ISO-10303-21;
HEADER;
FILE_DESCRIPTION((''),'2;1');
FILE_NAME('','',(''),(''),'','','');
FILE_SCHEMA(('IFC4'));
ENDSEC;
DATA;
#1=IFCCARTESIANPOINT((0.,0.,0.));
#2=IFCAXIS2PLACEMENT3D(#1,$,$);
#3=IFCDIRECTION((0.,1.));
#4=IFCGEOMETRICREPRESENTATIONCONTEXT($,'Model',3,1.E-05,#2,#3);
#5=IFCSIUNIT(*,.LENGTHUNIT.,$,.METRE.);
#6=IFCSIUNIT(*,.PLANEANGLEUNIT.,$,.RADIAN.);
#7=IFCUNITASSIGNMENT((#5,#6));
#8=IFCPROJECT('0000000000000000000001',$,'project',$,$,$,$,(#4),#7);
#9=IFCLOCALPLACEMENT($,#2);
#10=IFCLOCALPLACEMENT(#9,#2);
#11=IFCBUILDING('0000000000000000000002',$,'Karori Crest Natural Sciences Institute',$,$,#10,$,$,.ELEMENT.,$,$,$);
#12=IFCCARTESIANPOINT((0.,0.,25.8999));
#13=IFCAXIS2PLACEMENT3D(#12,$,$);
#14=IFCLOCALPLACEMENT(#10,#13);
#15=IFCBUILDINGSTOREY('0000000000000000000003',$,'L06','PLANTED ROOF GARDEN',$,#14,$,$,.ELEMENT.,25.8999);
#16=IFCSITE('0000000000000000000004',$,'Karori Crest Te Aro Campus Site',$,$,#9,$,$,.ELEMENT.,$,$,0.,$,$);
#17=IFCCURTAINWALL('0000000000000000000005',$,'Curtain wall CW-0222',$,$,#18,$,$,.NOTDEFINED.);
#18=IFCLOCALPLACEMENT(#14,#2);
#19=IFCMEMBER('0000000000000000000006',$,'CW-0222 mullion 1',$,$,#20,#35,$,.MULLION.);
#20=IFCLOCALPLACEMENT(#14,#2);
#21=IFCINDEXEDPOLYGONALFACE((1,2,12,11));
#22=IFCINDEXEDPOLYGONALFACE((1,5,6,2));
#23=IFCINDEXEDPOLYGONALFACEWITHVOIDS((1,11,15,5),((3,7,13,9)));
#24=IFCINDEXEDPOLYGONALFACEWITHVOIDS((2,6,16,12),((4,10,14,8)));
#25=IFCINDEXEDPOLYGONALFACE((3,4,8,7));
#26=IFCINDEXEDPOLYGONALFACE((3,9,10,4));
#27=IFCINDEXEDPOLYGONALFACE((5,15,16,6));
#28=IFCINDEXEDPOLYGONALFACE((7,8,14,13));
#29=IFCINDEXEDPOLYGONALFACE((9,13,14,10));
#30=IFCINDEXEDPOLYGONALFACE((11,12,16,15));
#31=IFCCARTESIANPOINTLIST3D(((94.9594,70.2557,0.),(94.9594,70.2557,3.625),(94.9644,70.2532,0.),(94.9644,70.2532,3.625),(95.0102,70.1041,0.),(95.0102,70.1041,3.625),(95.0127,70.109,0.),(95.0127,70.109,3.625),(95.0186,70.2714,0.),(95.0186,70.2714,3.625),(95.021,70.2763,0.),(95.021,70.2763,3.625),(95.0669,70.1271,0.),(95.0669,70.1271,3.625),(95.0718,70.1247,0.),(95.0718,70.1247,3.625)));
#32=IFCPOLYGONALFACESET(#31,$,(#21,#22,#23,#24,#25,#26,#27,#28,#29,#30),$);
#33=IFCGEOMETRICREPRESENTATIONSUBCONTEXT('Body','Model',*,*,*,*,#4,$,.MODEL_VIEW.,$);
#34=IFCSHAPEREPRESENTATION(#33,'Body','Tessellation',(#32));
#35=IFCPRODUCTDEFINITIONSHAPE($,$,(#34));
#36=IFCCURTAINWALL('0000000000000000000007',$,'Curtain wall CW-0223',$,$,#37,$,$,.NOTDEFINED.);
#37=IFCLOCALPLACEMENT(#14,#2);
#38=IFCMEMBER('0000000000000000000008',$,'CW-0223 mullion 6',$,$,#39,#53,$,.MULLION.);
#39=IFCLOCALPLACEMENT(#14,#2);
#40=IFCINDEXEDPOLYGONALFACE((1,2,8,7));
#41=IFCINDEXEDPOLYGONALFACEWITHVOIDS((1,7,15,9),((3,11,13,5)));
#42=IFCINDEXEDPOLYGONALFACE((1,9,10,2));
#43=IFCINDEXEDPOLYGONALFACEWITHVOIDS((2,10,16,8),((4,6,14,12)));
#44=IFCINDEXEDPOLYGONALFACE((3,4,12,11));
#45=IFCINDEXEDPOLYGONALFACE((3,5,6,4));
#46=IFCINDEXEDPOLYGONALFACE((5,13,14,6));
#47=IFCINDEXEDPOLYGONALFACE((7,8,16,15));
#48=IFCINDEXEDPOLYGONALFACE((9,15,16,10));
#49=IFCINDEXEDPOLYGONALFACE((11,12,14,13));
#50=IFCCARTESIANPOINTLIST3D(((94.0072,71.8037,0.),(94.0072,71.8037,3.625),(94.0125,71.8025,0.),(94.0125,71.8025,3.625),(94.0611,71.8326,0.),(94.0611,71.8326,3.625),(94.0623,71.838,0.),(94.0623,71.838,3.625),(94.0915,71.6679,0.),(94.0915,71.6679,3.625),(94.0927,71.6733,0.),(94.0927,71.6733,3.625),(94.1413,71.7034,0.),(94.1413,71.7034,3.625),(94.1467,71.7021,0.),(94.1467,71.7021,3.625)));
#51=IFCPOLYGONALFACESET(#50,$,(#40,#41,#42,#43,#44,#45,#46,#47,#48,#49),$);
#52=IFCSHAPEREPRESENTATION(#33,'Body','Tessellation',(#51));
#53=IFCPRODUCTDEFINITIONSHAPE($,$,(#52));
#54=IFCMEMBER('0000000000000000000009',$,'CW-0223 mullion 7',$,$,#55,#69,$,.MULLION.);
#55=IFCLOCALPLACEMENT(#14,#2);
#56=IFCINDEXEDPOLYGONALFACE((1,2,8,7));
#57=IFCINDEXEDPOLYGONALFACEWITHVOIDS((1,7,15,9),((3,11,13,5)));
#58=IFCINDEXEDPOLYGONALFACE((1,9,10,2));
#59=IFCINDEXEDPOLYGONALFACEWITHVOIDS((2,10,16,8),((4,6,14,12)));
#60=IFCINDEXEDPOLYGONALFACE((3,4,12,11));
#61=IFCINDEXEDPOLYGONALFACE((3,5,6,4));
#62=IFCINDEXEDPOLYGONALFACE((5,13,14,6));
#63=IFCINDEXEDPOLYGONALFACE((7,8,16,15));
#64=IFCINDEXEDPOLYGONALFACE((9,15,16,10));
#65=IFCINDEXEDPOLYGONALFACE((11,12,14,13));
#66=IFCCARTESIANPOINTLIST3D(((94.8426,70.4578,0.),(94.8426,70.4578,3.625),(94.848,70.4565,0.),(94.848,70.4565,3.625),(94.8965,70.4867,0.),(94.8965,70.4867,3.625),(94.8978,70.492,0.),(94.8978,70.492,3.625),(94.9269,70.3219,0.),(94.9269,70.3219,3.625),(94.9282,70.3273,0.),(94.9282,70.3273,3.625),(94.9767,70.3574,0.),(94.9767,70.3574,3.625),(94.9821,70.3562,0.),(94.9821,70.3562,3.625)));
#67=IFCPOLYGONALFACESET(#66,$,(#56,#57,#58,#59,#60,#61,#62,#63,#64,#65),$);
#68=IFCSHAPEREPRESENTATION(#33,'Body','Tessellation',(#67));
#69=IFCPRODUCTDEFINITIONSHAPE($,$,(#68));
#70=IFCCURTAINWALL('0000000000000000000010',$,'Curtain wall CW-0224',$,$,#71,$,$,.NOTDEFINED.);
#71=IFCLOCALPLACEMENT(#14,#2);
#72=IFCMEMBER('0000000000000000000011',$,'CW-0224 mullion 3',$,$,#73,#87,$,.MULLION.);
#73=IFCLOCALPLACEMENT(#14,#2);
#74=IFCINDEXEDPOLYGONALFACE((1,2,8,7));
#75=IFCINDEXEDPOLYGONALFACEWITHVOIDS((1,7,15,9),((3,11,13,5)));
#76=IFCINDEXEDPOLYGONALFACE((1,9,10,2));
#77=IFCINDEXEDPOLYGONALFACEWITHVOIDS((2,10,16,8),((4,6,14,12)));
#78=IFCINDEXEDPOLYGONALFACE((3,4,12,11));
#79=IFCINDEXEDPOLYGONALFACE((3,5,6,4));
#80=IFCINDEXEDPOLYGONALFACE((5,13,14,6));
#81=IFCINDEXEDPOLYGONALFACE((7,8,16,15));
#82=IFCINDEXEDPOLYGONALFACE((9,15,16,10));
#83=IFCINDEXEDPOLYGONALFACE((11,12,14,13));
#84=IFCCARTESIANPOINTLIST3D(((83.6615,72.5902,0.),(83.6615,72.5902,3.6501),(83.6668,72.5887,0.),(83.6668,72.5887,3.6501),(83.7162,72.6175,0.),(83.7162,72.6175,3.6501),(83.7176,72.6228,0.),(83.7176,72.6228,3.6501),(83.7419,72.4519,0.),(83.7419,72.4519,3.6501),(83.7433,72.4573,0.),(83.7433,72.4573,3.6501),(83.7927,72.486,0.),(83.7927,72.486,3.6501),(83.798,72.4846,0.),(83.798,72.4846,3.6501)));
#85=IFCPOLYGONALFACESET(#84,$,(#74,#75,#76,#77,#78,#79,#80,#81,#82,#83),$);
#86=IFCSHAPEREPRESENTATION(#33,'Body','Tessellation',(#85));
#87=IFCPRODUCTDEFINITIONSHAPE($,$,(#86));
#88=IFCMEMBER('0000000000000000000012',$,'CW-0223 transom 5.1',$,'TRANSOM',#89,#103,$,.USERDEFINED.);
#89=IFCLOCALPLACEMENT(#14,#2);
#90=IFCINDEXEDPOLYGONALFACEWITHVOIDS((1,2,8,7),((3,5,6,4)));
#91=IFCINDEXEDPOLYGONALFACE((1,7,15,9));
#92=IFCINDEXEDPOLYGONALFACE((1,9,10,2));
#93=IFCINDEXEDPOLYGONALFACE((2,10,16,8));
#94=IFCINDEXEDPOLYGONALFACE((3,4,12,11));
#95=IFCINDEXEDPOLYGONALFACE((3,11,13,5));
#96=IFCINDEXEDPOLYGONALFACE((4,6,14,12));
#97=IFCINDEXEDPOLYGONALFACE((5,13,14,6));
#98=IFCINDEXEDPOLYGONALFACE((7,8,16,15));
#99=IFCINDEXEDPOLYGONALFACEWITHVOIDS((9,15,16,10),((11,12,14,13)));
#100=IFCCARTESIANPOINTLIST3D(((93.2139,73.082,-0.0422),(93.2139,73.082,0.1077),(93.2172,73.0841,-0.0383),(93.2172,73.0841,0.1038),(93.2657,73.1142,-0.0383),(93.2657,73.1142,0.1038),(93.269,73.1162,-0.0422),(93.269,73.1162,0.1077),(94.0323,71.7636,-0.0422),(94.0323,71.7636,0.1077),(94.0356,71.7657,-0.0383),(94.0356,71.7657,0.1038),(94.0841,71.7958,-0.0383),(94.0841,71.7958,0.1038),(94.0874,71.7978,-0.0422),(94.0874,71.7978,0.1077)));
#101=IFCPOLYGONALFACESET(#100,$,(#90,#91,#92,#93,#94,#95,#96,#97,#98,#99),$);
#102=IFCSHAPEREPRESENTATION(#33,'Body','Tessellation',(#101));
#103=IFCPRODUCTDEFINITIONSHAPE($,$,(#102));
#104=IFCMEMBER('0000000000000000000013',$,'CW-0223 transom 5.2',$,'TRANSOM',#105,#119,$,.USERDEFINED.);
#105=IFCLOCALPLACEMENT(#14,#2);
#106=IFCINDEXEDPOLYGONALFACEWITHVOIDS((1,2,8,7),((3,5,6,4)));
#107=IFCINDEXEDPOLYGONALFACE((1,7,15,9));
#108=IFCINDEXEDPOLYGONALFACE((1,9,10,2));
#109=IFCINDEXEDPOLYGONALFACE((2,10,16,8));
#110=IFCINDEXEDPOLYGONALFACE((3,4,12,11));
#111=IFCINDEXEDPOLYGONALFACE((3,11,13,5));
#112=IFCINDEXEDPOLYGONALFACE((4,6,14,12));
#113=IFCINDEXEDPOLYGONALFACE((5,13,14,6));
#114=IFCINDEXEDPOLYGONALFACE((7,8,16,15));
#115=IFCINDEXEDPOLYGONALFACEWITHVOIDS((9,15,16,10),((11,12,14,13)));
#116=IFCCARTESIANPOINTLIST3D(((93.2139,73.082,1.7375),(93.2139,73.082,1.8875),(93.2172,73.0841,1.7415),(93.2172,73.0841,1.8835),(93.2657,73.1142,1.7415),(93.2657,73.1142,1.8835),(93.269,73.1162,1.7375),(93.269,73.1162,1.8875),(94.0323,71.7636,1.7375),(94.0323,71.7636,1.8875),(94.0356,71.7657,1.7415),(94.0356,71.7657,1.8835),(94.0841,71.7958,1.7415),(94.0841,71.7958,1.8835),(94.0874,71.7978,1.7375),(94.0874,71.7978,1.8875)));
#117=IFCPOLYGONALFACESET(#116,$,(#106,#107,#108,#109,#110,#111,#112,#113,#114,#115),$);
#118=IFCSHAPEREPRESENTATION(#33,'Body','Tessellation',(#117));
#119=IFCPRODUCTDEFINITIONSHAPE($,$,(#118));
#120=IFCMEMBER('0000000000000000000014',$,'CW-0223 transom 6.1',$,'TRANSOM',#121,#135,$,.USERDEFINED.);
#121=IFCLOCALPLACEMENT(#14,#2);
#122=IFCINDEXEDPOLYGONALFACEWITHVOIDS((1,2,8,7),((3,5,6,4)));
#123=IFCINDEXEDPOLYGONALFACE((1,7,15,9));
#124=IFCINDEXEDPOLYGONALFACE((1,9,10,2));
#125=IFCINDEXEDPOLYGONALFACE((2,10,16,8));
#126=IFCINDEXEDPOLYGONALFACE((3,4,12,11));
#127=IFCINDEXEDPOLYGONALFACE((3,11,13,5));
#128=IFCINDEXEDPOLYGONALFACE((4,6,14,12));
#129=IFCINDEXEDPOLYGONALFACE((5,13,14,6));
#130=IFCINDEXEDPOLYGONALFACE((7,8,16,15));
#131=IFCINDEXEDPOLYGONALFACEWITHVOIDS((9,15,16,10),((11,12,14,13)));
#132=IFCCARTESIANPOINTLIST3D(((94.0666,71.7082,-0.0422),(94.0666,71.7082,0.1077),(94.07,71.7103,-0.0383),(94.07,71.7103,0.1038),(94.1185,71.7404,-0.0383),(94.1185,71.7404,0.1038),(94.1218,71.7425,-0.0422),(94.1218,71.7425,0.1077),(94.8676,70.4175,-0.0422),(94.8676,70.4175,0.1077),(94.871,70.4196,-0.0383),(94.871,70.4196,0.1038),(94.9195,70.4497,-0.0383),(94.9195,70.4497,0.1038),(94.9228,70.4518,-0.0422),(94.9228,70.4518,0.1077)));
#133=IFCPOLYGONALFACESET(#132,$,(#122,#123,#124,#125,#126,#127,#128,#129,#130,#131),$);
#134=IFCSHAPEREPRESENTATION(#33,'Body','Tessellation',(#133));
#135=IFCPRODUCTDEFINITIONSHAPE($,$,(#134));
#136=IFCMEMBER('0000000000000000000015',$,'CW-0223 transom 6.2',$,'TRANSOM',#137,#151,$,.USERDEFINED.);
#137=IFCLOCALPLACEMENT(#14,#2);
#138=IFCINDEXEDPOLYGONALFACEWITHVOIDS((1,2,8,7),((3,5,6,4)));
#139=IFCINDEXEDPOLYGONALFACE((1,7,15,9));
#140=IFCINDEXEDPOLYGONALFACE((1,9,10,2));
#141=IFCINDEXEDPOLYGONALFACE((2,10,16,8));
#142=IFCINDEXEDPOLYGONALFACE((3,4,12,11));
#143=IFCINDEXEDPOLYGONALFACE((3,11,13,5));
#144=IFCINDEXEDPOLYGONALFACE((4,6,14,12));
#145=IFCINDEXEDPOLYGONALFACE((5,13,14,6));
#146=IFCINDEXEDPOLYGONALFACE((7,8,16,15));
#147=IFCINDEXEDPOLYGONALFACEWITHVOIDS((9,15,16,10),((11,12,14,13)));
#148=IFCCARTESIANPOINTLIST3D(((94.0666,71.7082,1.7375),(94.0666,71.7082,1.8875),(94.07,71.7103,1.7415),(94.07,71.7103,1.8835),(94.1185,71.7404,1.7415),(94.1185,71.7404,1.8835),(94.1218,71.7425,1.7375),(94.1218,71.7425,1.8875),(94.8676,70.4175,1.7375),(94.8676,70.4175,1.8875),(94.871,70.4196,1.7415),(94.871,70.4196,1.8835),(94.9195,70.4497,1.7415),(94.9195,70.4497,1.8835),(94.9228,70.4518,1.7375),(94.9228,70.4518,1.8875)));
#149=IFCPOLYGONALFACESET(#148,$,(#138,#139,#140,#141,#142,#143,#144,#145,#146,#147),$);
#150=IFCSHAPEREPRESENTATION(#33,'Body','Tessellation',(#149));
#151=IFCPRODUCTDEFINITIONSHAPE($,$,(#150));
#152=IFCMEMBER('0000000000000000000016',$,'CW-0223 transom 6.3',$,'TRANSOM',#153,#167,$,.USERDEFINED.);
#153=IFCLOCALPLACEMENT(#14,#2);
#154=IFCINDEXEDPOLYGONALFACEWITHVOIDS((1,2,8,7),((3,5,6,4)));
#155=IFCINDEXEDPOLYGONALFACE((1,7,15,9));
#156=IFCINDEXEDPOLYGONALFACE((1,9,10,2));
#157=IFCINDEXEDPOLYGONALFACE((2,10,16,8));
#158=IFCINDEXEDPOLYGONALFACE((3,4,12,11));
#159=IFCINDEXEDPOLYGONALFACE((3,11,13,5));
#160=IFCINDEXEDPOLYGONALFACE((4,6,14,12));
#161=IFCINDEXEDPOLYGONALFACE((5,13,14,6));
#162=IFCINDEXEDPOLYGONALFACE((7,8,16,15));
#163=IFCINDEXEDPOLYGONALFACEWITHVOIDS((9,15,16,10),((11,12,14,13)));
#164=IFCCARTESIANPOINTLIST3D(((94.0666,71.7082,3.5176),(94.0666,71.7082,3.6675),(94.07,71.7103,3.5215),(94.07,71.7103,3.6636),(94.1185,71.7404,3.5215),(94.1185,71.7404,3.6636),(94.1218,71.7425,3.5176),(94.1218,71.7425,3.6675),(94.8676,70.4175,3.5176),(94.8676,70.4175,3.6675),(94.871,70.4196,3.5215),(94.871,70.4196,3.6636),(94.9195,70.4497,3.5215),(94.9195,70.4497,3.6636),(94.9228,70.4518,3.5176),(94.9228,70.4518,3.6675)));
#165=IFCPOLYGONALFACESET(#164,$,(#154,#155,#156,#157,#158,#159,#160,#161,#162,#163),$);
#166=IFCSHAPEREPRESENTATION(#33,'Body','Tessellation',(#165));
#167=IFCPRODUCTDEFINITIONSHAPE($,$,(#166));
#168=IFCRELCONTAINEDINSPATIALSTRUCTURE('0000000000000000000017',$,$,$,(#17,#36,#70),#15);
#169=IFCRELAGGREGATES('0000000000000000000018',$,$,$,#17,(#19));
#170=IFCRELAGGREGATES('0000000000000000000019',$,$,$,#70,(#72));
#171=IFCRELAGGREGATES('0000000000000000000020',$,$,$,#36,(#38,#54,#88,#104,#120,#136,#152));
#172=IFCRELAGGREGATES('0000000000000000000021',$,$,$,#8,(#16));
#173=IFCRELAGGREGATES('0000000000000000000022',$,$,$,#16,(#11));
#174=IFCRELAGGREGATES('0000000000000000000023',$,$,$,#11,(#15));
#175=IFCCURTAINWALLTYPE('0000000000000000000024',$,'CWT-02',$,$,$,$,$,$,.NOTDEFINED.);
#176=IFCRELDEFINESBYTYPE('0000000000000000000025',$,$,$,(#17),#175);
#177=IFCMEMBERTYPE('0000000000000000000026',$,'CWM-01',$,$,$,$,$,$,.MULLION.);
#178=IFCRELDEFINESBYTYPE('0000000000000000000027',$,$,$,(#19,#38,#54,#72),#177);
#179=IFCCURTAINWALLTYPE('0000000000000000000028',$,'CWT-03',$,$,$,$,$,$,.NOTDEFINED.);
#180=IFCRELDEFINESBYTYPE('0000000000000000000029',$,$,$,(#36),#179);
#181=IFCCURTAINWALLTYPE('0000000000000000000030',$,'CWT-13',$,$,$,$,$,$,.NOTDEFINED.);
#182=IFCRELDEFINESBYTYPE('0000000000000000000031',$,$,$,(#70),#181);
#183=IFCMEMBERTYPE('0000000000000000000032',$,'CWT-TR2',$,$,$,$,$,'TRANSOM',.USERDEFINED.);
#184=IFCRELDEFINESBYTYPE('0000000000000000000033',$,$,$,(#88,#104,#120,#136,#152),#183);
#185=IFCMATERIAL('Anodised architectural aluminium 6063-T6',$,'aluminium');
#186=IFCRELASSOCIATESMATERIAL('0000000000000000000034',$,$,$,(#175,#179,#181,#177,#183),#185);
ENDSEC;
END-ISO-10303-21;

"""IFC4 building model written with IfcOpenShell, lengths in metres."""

from ifc_helpers import new_model, si_unit, direction, frame, origin, origin_2d, place, context, subcontext, project, spatial, hollow_rectangle, extrude, material, material_profile, profile_set, type_object, element, aggregate, save


model = new_model("IFC4")

# Units and contexts
model_context = context("Model", 3, precision=1e-05, world=origin(), true_north=direction((0.0, 1.0)))
body_context = subcontext(model_context, "Body", "Model", "MODEL_VIEW")
ifc_project = project(units=[si_unit("LENGTHUNIT", "METRE"), si_unit("PLANEANGLEUNIT", "RADIAN")], contexts=[model_context])

# Site, building, storey
site_placement = place(None, origin())
site = spatial("IfcSite", under=ifc_project, at=site_placement, Name="Karori Crest Te Aro Campus Site", CompositionType="ELEMENT", RefElevation=0.0)
building_placement = place(site_placement, origin())
building = spatial("IfcBuilding", under=site, at=building_placement, Name="Karori Crest Natural Sciences Institute", CompositionType="ELEMENT")
storey_placement = place(building_placement, frame((0.0, 0.0, 25.8999)))
storey = spatial("IfcBuildingStorey", under=building, at=storey_placement, Name="L06", Description="PLANTED ROOF GARDEN", CompositionType="ELEMENT", Elevation=25.8999)

# Curtain wall, member
ifc_material_1 = material(Name="Anodised architectural aluminium 6063-T6", Category="aluminium")
curtain_wall_type_1 = type_object("IfcCurtainWallType", Name="CWT-02", PredefinedType="NOTDEFINED", material=ifc_material_1)
curtain_wall_1_placement = place(storey_placement, origin())
curtain_wall_1 = element("IfcCurtainWall", 1, at=curtain_wall_1_placement, inside=storey, type_object=curtain_wall_type_1, Name="Curtain wall CW-0222", PredefinedType="NOTDEFINED")
ifc_material_profile_1 = material_profile(ifc_material_1, hollow_rectangle(XDim=0.0649, YDim=0.1599, WallThickness=0.0039, at=origin_2d()), Name="CWM160x65x4")
ifc_profile_set_1 = profile_set([ifc_material_profile_1], Name="Anodised architectural aluminium 6063-T6")
member_type_1 = type_object("IfcMemberType", Name="CWM-01", PredefinedType="MULLION", material=ifc_profile_set_1)
member_1_placement = place(storey_placement, frame((95.0156, 70.1902, 0.0), z_axis=(0.0, 0.0, 1.0), x_axis=(0.948198, 0.31768, 0.0)))
member_1 = element("IfcMember", 2, at=member_1_placement, type_object=member_type_1, Name="CW-0222 mullion 1", PredefinedType="MULLION", context=body_context, shape_type="SweptSolid", body=[
    extrude(hollow_rectangle(XDim=0.0649, YDim=0.1599, WallThickness=0.0039, at=origin_2d()), origin(), (0.0, 0.0, 1.0), 3.625),
])
aggregate(curtain_wall_1, [member_1])

# Curtain wall, members
curtain_wall_type_2 = type_object("IfcCurtainWallType", Name="CWT-03", PredefinedType="NOTDEFINED", material=ifc_material_1)
curtain_wall_2_placement = place(storey_placement, origin())
curtain_wall_2 = element("IfcCurtainWall", 3, at=curtain_wall_2_placement, inside=storey, type_object=curtain_wall_type_2, Name="Curtain wall CW-0223", PredefinedType="NOTDEFINED")
member_2_placement = place(storey_placement, frame((94.0769, 71.7529, 0.0), z_axis=(0.0, 0.0, 1.0), x_axis=(0.849662, 0.527328, 0.0)))
member_2 = element("IfcMember", 4, at=member_2_placement, type_object=member_type_1, Name="CW-0223 mullion 6", PredefinedType="MULLION", context=body_context, shape_type="SweptSolid", body=[
    extrude(hollow_rectangle(XDim=0.0649, YDim=0.1599, WallThickness=0.0039, at=origin_2d()), origin(), (0.0, 0.0, 1.0), 3.625),
])
member_3_placement = place(storey_placement, frame((94.9124, 70.407, 0.0), z_axis=(0.0, 0.0, 1.0), x_axis=(0.849662, 0.527328, 0.0)))
member_3 = element("IfcMember", 5, at=member_3_placement, type_object=member_type_1, Name="CW-0223 mullion 7", PredefinedType="MULLION", context=body_context, shape_type="SweptSolid", body=[
    extrude(hollow_rectangle(XDim=0.0649, YDim=0.1599, WallThickness=0.0039, at=origin_2d()), origin(), (0.0, 0.0, 1.0), 3.625),
])

# Curtain wall, member
curtain_wall_type_3 = type_object("IfcCurtainWallType", Name="CWT-13", PredefinedType="NOTDEFINED", material=ifc_material_1)
curtain_wall_3_placement = place(storey_placement, origin())
curtain_wall_3 = element("IfcCurtainWall", 6, at=curtain_wall_3_placement, inside=storey, type_object=curtain_wall_type_3, Name="Curtain wall CW-0224", PredefinedType="NOTDEFINED")
member_4_placement = place(storey_placement, frame((83.7297, 72.5374, 0.0), z_axis=(0.0, 0.0, 1.0), x_axis=(-0.864487, -0.502655, 0.0)))
member_4 = element("IfcMember", 7, at=member_4_placement, type_object=member_type_1, Name="CW-0224 mullion 3", PredefinedType="MULLION", context=body_context, shape_type="SweptSolid", body=[
    extrude(hollow_rectangle(XDim=0.0649, YDim=0.1599, WallThickness=0.0039, at=origin_2d()), origin(), (0.0, 0.0, 1.0), 3.6501),
])

# Members
ifc_material_profile_2 = material_profile(ifc_material_1, hollow_rectangle(XDim=0.0649, YDim=0.1499, WallThickness=0.0039, at=origin_2d()), Name="CWT150x65x4")
ifc_profile_set_2 = profile_set([ifc_material_profile_2], Name="Anodised architectural aluminium 6063-T6")
member_type_2 = type_object("IfcMemberType", Name="CWT-TR2", ElementType="TRANSOM", PredefinedType="USERDEFINED", material=ifc_profile_set_2)
member_5_placement = place(storey_placement, frame((93.2415, 73.0991, 0.0327), z_axis=(0.527394, -0.849621, 0.0), x_axis=(0.849621, 0.527394, 0.0)))
member_5 = element("IfcMember", 8, at=member_5_placement, type_object=member_type_2, Name="CW-0223 transom 5.1", ObjectType="TRANSOM", PredefinedType="USERDEFINED", context=body_context, shape_type="SweptSolid", body=[
    extrude(hollow_rectangle(XDim=0.0649, YDim=0.1499, WallThickness=0.0039, at=origin_2d()), origin(), (0.0, 0.0, 1.0), 1.5518),
])
member_6_placement = place(storey_placement, frame((93.2415, 73.0991, 1.8125), z_axis=(0.527394, -0.849621, 0.0), x_axis=(0.849621, 0.527394, 0.0)))
member_6 = element("IfcMember", 9, at=member_6_placement, type_object=member_type_2, Name="CW-0223 transom 5.2", ObjectType="TRANSOM", PredefinedType="USERDEFINED", context=body_context, shape_type="SweptSolid", body=[
    extrude(hollow_rectangle(XDim=0.0649, YDim=0.1499, WallThickness=0.0039, at=origin_2d()), origin(), (0.0, 0.0, 1.0), 1.5518),
])
member_7_placement = place(storey_placement, frame((94.0942, 71.7253, 0.0327), z_axis=(0.527295, -0.849682, 0.0), x_axis=(0.849682, 0.527295, 0.0)))
member_7 = element("IfcMember", 10, at=member_7_placement, type_object=member_type_2, Name="CW-0223 transom 6.1", ObjectType="TRANSOM", PredefinedType="USERDEFINED", context=body_context, shape_type="SweptSolid", body=[
    extrude(hollow_rectangle(XDim=0.0649, YDim=0.1499, WallThickness=0.0039, at=origin_2d()), origin(), (0.0, 0.0, 1.0), 1.519),
])
member_8_placement = place(storey_placement, frame((94.0942, 71.7253, 1.8125), z_axis=(0.527295, -0.849682, 0.0), x_axis=(0.849682, 0.527295, 0.0)))
member_8 = element("IfcMember", 11, at=member_8_placement, type_object=member_type_2, Name="CW-0223 transom 6.2", ObjectType="TRANSOM", PredefinedType="USERDEFINED", context=body_context, shape_type="SweptSolid", body=[
    extrude(hollow_rectangle(XDim=0.0649, YDim=0.1499, WallThickness=0.0039, at=origin_2d()), origin(), (0.0, 0.0, 1.0), 1.519),
])
member_9_placement = place(storey_placement, frame((94.0942, 71.7253, 3.5925), z_axis=(0.527295, -0.849682, 0.0), x_axis=(0.849682, 0.527295, 0.0)))
member_9 = element("IfcMember", 12, at=member_9_placement, type_object=member_type_2, Name="CW-0223 transom 6.3", ObjectType="TRANSOM", PredefinedType="USERDEFINED", context=body_context, shape_type="SweptSolid", body=[
    extrude(hollow_rectangle(XDim=0.0649, YDim=0.1499, WallThickness=0.0039, at=origin_2d()), origin(), (0.0, 0.0, 1.0), 1.519),
])

aggregate(curtain_wall_3, [member_4])
aggregate(curtain_wall_2, [member_2, member_3, member_5, member_6, member_7, member_8, member_9])

save(model, "model.ifc")
